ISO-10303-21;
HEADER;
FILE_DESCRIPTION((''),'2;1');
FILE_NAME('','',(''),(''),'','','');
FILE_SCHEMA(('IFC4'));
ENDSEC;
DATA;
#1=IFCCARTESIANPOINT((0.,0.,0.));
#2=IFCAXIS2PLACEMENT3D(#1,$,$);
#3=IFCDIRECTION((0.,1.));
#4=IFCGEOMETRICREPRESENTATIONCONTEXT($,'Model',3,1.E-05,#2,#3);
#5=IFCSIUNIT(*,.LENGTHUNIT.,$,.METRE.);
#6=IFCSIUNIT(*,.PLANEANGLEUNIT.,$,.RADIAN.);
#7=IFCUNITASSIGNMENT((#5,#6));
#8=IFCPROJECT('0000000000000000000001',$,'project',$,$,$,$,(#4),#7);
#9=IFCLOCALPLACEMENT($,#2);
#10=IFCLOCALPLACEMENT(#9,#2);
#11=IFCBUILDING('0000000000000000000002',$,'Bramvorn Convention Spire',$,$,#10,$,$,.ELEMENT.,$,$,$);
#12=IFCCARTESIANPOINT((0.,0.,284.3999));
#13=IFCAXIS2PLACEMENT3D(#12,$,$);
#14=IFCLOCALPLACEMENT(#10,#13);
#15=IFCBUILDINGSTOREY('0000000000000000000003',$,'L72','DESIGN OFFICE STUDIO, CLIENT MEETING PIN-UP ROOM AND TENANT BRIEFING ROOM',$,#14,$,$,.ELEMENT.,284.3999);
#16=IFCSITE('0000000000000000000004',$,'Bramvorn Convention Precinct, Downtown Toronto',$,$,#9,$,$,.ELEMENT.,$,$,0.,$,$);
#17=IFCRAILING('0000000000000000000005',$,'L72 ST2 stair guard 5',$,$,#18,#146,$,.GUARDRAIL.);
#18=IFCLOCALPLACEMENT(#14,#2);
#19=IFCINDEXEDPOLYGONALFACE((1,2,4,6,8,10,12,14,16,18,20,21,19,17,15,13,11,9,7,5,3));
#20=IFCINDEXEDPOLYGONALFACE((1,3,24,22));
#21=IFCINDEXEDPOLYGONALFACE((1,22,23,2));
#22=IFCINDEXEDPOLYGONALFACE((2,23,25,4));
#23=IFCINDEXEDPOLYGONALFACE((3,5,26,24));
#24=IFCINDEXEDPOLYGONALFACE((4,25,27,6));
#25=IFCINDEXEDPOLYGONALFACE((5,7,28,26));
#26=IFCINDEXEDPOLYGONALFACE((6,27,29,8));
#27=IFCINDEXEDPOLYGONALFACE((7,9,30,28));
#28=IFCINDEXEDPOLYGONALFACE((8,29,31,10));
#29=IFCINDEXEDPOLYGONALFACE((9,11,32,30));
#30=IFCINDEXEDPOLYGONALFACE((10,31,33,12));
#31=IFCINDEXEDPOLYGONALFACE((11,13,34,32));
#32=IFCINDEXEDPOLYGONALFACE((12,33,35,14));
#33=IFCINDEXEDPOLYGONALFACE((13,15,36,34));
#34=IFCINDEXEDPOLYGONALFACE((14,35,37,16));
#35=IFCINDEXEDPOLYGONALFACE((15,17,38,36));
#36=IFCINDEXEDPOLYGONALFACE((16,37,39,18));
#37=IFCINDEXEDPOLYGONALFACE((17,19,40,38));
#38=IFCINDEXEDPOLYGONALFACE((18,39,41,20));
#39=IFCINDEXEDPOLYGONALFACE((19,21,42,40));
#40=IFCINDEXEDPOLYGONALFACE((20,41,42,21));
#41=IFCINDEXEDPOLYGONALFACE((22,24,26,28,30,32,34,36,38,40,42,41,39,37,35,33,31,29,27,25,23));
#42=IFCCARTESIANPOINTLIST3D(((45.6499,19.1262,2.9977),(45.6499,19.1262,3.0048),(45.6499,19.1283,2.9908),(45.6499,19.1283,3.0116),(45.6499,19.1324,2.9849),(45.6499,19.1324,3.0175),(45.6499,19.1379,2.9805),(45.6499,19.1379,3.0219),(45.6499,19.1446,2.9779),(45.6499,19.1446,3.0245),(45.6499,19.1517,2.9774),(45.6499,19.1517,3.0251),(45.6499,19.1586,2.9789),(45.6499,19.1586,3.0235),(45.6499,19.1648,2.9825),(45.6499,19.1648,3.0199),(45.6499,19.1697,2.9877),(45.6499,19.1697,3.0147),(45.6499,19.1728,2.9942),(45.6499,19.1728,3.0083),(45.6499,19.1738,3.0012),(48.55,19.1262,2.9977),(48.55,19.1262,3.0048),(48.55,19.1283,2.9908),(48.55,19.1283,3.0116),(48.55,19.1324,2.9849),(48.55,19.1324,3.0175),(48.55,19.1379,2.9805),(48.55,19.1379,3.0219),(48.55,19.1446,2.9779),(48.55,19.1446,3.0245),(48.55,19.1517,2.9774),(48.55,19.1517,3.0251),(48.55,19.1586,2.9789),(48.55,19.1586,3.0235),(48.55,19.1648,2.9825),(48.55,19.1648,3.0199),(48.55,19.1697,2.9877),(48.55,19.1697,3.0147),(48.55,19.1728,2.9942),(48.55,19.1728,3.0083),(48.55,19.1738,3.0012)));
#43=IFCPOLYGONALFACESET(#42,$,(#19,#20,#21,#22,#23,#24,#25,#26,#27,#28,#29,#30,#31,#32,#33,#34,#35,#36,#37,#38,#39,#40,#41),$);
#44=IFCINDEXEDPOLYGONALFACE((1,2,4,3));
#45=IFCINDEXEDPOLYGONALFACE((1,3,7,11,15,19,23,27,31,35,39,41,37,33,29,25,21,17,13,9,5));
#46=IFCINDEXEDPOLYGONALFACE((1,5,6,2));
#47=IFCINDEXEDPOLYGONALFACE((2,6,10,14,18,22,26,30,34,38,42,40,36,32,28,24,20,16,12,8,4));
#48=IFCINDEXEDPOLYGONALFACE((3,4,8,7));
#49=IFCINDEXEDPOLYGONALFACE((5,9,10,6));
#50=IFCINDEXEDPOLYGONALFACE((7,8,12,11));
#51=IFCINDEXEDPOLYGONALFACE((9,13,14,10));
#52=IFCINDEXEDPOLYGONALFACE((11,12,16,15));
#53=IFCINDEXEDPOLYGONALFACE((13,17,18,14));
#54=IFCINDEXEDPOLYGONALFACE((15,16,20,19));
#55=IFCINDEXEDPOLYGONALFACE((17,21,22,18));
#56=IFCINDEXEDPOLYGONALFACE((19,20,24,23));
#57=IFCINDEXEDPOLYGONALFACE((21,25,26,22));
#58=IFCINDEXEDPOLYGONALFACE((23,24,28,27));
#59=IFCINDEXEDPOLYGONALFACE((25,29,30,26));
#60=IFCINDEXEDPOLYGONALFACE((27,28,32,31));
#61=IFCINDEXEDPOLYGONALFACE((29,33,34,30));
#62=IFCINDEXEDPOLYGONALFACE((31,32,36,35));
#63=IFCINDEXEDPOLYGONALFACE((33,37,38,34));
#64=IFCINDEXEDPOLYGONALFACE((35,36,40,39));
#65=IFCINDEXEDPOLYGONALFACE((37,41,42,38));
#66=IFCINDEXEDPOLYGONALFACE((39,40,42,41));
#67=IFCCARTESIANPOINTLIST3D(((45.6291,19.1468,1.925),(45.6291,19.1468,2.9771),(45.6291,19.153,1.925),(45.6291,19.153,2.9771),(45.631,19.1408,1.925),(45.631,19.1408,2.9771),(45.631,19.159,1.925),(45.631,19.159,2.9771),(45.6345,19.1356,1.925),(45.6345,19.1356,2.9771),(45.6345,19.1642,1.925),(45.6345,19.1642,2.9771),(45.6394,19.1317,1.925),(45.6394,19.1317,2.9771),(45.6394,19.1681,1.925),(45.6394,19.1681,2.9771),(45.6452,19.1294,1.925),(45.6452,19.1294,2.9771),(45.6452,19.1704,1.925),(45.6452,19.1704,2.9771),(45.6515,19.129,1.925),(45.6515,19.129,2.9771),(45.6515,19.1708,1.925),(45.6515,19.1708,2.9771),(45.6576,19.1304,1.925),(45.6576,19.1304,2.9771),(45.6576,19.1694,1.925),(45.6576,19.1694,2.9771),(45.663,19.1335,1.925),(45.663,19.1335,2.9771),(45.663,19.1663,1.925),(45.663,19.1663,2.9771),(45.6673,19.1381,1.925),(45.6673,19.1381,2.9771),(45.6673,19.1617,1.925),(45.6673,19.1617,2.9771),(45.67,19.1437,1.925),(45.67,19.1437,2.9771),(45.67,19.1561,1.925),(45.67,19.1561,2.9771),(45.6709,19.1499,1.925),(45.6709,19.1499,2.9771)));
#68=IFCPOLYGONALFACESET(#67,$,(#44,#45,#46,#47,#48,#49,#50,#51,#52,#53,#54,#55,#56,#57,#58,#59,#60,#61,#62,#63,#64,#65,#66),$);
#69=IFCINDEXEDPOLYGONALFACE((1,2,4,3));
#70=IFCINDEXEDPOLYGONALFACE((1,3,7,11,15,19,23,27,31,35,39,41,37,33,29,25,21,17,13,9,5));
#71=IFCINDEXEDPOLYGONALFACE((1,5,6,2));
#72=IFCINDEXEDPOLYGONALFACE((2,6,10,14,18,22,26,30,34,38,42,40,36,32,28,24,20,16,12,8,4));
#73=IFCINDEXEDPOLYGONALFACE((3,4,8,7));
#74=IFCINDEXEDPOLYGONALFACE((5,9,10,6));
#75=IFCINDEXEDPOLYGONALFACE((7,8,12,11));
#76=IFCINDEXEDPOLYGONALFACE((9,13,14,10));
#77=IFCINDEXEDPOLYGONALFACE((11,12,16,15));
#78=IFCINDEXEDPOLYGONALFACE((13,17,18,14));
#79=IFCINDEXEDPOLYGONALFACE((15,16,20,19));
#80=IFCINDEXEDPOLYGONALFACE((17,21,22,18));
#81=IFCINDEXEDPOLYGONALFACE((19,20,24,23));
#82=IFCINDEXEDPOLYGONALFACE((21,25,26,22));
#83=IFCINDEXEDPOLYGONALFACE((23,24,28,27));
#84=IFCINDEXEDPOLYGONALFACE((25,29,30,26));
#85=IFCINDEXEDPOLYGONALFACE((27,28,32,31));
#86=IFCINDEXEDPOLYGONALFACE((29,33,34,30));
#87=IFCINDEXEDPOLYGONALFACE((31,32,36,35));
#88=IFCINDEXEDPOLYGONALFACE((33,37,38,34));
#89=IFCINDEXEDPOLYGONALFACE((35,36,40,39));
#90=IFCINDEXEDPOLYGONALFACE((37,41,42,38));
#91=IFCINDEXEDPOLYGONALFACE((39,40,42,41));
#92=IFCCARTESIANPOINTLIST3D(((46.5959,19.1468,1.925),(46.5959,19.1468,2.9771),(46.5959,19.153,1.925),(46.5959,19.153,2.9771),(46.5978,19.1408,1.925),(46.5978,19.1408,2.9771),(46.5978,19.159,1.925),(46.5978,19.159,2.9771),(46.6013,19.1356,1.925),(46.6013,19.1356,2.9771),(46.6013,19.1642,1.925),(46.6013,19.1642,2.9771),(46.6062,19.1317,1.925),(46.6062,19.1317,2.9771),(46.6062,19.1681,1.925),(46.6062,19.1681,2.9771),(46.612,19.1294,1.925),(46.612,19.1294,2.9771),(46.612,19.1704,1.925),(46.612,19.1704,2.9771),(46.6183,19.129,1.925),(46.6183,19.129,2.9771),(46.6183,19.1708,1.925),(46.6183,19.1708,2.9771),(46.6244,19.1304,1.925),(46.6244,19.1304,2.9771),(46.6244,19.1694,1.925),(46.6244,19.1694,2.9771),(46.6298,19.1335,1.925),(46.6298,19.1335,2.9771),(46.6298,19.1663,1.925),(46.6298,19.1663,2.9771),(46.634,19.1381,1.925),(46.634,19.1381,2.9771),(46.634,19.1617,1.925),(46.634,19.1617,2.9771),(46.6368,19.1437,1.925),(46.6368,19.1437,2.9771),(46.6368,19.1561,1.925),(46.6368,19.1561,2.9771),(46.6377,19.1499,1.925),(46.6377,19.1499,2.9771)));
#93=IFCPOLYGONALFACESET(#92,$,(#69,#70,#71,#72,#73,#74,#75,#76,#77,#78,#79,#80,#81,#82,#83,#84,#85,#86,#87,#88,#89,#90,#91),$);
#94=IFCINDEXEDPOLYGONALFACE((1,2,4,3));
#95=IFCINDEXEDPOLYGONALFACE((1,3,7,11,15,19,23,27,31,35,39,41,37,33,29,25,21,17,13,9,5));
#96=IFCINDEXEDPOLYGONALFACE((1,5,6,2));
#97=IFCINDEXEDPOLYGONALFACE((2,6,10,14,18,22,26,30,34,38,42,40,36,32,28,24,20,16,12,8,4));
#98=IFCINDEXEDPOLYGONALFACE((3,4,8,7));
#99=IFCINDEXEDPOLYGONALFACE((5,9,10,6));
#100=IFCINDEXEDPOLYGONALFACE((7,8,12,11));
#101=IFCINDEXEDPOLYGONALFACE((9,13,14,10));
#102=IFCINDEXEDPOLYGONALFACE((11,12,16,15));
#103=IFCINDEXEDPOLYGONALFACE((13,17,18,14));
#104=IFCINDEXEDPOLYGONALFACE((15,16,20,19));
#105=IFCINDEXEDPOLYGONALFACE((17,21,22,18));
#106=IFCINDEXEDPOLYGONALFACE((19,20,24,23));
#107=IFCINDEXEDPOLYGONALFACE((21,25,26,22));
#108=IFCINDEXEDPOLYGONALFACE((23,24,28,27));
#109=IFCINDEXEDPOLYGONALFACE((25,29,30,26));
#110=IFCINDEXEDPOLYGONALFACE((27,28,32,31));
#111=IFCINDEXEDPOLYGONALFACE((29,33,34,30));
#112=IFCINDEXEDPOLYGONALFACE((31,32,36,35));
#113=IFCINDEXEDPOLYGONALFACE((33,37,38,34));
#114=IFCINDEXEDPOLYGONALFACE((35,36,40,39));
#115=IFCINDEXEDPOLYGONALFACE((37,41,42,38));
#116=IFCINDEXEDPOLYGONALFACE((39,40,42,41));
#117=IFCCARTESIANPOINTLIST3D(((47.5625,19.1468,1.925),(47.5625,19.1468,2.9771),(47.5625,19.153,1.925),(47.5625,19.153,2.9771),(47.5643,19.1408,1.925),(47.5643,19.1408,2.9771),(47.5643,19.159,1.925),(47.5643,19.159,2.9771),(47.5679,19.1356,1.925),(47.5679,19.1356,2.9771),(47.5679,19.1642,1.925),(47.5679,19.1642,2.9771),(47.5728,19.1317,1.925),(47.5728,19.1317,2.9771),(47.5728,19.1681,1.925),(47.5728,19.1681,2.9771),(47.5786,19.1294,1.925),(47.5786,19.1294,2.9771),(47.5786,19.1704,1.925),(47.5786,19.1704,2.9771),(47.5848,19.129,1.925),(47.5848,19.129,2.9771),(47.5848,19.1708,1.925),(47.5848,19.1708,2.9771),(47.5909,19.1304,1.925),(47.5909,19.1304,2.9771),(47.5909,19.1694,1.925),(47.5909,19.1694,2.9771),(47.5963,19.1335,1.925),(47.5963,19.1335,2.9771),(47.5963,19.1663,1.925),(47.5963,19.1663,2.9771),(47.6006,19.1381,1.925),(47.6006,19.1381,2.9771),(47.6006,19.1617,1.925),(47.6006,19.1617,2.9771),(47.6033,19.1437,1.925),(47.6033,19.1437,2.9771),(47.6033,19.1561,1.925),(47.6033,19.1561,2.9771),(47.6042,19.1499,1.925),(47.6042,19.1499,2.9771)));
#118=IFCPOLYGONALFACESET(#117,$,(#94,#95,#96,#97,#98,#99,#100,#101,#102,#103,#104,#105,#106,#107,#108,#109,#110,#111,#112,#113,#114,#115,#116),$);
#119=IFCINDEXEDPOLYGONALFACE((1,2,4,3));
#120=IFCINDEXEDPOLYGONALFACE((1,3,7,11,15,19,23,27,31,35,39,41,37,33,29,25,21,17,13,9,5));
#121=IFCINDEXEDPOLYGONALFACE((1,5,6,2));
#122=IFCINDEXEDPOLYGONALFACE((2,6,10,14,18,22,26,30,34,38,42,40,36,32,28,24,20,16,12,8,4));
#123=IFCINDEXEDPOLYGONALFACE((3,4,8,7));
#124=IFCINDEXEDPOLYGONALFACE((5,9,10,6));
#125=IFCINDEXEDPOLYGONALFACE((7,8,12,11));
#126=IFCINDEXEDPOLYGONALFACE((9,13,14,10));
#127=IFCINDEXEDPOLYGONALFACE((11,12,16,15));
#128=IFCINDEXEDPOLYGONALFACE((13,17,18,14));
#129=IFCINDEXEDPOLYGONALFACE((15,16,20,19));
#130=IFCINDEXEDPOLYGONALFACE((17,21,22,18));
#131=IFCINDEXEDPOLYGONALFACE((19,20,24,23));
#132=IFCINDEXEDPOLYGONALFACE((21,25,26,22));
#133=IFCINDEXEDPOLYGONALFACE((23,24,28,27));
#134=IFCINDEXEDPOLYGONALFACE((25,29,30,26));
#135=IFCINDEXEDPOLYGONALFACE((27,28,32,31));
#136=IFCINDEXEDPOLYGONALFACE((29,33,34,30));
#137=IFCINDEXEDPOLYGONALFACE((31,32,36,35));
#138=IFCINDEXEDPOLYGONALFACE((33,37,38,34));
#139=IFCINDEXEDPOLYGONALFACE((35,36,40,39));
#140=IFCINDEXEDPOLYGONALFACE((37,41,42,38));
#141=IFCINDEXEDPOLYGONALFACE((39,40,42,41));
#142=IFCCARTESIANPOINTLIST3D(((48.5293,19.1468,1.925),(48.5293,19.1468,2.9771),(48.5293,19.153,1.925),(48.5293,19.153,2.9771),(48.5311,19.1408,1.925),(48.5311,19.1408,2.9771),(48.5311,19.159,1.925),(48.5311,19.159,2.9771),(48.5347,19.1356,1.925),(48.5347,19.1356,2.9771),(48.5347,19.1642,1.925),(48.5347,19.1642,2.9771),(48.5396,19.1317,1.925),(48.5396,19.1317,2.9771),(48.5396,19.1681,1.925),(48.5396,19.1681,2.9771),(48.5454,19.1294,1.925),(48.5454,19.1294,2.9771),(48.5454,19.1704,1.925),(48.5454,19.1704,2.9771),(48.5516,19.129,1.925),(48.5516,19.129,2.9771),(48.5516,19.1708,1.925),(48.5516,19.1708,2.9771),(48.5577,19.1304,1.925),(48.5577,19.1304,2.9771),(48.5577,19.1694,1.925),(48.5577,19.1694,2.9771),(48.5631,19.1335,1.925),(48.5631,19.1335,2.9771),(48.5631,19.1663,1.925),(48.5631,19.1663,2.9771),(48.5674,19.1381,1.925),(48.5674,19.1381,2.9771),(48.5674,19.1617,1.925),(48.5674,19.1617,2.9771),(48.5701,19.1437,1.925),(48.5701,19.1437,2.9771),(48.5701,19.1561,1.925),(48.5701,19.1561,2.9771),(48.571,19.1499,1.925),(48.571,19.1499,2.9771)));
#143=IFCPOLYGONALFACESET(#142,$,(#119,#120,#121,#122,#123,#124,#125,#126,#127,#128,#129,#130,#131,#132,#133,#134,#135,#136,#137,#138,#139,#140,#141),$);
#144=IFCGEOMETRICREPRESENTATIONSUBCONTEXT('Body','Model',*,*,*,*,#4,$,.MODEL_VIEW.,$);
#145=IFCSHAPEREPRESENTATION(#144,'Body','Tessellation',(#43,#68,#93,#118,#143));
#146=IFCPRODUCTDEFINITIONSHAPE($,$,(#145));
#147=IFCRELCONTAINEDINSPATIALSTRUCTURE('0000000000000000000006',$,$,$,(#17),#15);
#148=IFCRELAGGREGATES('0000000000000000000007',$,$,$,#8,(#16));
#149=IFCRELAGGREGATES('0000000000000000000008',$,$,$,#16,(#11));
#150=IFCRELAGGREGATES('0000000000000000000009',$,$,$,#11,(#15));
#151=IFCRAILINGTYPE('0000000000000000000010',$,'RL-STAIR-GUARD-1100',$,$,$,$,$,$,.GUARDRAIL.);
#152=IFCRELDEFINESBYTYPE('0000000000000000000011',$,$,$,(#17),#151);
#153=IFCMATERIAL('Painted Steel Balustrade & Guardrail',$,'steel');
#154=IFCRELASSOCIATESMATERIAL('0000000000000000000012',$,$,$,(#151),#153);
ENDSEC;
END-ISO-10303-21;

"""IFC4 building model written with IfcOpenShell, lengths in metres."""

from ifc_helpers import new_model, si_unit, direction, frame, origin, origin_2d, place, context, subcontext, project, spatial, circle, extrude, material, type_object, element, save


model = new_model("IFC4")

# Units and contexts
model_context = context("Model", 3, precision=1e-05, world=origin(), true_north=direction((0.0, 1.0)))
body_context = subcontext(model_context, "Body", "Model", "MODEL_VIEW")
ifc_project = project(units=[si_unit("LENGTHUNIT", "METRE"), si_unit("PLANEANGLEUNIT", "RADIAN")], contexts=[model_context])

# Site, building, storey
site_placement = place(None, origin())
site = spatial("IfcSite", under=ifc_project, at=site_placement, Name="Bramvorn Convention Precinct, Downtown Toronto", CompositionType="ELEMENT", RefElevation=0.0)
building_placement = place(site_placement, origin())
building = spatial("IfcBuilding", under=site, at=building_placement, Name="Bramvorn Convention Spire", CompositionType="ELEMENT")
storey_placement = place(building_placement, frame((0.0, 0.0, 284.3999)))
storey = spatial("IfcBuildingStorey", under=building, at=storey_placement, Name="L72", Description="DESIGN OFFICE STUDIO, CLIENT MEETING PIN-UP ROOM AND TENANT BRIEFING ROOM", CompositionType="ELEMENT", Elevation=284.3999)

# Railing
ifc_material_1 = material(Name="Painted Steel Balustrade & Guardrail", Category="steel")
railing_type = type_object("IfcRailingType", Name="RL-STAIR-GUARD-1100", PredefinedType="GUARDRAIL", material=ifc_material_1)
railing_1_placement = place(storey_placement, frame((45.6499, 19.1499, 1.925)))
element("IfcRailing", 1, at=railing_1_placement, inside=storey, type_object=railing_type, Name="L72 ST2 stair guard 5", PredefinedType="GUARDRAIL", context=body_context, shape_type="SweptSolid", body=[
    extrude(circle(Radius=0.0239, at=origin_2d()), frame((0.0, 0.0, 1.0762), z_axis=(1.0, 0.0, 0.0), x_axis=(0.0, 1.0, 0.0)), (0.0, 0.0, 1.0), 2.9001),
    extrude(circle(Radius=0.021, at=origin_2d()), origin(), (0.0, 0.0, 1.0), 1.052),
    extrude(circle(Radius=0.021, at=origin_2d()), frame((0.9668, 0.0, 0.0)), (0.0, 0.0, 1.0), 1.052),
    extrude(circle(Radius=0.021, at=origin_2d()), frame((1.9333, 0.0, 0.0)), (0.0, 0.0, 1.0), 1.052),
    extrude(circle(Radius=0.021, at=origin_2d()), frame((2.9001, 0.0, 0.0)), (0.0, 0.0, 1.0), 1.052),
])

save(model, "model.ifc")
